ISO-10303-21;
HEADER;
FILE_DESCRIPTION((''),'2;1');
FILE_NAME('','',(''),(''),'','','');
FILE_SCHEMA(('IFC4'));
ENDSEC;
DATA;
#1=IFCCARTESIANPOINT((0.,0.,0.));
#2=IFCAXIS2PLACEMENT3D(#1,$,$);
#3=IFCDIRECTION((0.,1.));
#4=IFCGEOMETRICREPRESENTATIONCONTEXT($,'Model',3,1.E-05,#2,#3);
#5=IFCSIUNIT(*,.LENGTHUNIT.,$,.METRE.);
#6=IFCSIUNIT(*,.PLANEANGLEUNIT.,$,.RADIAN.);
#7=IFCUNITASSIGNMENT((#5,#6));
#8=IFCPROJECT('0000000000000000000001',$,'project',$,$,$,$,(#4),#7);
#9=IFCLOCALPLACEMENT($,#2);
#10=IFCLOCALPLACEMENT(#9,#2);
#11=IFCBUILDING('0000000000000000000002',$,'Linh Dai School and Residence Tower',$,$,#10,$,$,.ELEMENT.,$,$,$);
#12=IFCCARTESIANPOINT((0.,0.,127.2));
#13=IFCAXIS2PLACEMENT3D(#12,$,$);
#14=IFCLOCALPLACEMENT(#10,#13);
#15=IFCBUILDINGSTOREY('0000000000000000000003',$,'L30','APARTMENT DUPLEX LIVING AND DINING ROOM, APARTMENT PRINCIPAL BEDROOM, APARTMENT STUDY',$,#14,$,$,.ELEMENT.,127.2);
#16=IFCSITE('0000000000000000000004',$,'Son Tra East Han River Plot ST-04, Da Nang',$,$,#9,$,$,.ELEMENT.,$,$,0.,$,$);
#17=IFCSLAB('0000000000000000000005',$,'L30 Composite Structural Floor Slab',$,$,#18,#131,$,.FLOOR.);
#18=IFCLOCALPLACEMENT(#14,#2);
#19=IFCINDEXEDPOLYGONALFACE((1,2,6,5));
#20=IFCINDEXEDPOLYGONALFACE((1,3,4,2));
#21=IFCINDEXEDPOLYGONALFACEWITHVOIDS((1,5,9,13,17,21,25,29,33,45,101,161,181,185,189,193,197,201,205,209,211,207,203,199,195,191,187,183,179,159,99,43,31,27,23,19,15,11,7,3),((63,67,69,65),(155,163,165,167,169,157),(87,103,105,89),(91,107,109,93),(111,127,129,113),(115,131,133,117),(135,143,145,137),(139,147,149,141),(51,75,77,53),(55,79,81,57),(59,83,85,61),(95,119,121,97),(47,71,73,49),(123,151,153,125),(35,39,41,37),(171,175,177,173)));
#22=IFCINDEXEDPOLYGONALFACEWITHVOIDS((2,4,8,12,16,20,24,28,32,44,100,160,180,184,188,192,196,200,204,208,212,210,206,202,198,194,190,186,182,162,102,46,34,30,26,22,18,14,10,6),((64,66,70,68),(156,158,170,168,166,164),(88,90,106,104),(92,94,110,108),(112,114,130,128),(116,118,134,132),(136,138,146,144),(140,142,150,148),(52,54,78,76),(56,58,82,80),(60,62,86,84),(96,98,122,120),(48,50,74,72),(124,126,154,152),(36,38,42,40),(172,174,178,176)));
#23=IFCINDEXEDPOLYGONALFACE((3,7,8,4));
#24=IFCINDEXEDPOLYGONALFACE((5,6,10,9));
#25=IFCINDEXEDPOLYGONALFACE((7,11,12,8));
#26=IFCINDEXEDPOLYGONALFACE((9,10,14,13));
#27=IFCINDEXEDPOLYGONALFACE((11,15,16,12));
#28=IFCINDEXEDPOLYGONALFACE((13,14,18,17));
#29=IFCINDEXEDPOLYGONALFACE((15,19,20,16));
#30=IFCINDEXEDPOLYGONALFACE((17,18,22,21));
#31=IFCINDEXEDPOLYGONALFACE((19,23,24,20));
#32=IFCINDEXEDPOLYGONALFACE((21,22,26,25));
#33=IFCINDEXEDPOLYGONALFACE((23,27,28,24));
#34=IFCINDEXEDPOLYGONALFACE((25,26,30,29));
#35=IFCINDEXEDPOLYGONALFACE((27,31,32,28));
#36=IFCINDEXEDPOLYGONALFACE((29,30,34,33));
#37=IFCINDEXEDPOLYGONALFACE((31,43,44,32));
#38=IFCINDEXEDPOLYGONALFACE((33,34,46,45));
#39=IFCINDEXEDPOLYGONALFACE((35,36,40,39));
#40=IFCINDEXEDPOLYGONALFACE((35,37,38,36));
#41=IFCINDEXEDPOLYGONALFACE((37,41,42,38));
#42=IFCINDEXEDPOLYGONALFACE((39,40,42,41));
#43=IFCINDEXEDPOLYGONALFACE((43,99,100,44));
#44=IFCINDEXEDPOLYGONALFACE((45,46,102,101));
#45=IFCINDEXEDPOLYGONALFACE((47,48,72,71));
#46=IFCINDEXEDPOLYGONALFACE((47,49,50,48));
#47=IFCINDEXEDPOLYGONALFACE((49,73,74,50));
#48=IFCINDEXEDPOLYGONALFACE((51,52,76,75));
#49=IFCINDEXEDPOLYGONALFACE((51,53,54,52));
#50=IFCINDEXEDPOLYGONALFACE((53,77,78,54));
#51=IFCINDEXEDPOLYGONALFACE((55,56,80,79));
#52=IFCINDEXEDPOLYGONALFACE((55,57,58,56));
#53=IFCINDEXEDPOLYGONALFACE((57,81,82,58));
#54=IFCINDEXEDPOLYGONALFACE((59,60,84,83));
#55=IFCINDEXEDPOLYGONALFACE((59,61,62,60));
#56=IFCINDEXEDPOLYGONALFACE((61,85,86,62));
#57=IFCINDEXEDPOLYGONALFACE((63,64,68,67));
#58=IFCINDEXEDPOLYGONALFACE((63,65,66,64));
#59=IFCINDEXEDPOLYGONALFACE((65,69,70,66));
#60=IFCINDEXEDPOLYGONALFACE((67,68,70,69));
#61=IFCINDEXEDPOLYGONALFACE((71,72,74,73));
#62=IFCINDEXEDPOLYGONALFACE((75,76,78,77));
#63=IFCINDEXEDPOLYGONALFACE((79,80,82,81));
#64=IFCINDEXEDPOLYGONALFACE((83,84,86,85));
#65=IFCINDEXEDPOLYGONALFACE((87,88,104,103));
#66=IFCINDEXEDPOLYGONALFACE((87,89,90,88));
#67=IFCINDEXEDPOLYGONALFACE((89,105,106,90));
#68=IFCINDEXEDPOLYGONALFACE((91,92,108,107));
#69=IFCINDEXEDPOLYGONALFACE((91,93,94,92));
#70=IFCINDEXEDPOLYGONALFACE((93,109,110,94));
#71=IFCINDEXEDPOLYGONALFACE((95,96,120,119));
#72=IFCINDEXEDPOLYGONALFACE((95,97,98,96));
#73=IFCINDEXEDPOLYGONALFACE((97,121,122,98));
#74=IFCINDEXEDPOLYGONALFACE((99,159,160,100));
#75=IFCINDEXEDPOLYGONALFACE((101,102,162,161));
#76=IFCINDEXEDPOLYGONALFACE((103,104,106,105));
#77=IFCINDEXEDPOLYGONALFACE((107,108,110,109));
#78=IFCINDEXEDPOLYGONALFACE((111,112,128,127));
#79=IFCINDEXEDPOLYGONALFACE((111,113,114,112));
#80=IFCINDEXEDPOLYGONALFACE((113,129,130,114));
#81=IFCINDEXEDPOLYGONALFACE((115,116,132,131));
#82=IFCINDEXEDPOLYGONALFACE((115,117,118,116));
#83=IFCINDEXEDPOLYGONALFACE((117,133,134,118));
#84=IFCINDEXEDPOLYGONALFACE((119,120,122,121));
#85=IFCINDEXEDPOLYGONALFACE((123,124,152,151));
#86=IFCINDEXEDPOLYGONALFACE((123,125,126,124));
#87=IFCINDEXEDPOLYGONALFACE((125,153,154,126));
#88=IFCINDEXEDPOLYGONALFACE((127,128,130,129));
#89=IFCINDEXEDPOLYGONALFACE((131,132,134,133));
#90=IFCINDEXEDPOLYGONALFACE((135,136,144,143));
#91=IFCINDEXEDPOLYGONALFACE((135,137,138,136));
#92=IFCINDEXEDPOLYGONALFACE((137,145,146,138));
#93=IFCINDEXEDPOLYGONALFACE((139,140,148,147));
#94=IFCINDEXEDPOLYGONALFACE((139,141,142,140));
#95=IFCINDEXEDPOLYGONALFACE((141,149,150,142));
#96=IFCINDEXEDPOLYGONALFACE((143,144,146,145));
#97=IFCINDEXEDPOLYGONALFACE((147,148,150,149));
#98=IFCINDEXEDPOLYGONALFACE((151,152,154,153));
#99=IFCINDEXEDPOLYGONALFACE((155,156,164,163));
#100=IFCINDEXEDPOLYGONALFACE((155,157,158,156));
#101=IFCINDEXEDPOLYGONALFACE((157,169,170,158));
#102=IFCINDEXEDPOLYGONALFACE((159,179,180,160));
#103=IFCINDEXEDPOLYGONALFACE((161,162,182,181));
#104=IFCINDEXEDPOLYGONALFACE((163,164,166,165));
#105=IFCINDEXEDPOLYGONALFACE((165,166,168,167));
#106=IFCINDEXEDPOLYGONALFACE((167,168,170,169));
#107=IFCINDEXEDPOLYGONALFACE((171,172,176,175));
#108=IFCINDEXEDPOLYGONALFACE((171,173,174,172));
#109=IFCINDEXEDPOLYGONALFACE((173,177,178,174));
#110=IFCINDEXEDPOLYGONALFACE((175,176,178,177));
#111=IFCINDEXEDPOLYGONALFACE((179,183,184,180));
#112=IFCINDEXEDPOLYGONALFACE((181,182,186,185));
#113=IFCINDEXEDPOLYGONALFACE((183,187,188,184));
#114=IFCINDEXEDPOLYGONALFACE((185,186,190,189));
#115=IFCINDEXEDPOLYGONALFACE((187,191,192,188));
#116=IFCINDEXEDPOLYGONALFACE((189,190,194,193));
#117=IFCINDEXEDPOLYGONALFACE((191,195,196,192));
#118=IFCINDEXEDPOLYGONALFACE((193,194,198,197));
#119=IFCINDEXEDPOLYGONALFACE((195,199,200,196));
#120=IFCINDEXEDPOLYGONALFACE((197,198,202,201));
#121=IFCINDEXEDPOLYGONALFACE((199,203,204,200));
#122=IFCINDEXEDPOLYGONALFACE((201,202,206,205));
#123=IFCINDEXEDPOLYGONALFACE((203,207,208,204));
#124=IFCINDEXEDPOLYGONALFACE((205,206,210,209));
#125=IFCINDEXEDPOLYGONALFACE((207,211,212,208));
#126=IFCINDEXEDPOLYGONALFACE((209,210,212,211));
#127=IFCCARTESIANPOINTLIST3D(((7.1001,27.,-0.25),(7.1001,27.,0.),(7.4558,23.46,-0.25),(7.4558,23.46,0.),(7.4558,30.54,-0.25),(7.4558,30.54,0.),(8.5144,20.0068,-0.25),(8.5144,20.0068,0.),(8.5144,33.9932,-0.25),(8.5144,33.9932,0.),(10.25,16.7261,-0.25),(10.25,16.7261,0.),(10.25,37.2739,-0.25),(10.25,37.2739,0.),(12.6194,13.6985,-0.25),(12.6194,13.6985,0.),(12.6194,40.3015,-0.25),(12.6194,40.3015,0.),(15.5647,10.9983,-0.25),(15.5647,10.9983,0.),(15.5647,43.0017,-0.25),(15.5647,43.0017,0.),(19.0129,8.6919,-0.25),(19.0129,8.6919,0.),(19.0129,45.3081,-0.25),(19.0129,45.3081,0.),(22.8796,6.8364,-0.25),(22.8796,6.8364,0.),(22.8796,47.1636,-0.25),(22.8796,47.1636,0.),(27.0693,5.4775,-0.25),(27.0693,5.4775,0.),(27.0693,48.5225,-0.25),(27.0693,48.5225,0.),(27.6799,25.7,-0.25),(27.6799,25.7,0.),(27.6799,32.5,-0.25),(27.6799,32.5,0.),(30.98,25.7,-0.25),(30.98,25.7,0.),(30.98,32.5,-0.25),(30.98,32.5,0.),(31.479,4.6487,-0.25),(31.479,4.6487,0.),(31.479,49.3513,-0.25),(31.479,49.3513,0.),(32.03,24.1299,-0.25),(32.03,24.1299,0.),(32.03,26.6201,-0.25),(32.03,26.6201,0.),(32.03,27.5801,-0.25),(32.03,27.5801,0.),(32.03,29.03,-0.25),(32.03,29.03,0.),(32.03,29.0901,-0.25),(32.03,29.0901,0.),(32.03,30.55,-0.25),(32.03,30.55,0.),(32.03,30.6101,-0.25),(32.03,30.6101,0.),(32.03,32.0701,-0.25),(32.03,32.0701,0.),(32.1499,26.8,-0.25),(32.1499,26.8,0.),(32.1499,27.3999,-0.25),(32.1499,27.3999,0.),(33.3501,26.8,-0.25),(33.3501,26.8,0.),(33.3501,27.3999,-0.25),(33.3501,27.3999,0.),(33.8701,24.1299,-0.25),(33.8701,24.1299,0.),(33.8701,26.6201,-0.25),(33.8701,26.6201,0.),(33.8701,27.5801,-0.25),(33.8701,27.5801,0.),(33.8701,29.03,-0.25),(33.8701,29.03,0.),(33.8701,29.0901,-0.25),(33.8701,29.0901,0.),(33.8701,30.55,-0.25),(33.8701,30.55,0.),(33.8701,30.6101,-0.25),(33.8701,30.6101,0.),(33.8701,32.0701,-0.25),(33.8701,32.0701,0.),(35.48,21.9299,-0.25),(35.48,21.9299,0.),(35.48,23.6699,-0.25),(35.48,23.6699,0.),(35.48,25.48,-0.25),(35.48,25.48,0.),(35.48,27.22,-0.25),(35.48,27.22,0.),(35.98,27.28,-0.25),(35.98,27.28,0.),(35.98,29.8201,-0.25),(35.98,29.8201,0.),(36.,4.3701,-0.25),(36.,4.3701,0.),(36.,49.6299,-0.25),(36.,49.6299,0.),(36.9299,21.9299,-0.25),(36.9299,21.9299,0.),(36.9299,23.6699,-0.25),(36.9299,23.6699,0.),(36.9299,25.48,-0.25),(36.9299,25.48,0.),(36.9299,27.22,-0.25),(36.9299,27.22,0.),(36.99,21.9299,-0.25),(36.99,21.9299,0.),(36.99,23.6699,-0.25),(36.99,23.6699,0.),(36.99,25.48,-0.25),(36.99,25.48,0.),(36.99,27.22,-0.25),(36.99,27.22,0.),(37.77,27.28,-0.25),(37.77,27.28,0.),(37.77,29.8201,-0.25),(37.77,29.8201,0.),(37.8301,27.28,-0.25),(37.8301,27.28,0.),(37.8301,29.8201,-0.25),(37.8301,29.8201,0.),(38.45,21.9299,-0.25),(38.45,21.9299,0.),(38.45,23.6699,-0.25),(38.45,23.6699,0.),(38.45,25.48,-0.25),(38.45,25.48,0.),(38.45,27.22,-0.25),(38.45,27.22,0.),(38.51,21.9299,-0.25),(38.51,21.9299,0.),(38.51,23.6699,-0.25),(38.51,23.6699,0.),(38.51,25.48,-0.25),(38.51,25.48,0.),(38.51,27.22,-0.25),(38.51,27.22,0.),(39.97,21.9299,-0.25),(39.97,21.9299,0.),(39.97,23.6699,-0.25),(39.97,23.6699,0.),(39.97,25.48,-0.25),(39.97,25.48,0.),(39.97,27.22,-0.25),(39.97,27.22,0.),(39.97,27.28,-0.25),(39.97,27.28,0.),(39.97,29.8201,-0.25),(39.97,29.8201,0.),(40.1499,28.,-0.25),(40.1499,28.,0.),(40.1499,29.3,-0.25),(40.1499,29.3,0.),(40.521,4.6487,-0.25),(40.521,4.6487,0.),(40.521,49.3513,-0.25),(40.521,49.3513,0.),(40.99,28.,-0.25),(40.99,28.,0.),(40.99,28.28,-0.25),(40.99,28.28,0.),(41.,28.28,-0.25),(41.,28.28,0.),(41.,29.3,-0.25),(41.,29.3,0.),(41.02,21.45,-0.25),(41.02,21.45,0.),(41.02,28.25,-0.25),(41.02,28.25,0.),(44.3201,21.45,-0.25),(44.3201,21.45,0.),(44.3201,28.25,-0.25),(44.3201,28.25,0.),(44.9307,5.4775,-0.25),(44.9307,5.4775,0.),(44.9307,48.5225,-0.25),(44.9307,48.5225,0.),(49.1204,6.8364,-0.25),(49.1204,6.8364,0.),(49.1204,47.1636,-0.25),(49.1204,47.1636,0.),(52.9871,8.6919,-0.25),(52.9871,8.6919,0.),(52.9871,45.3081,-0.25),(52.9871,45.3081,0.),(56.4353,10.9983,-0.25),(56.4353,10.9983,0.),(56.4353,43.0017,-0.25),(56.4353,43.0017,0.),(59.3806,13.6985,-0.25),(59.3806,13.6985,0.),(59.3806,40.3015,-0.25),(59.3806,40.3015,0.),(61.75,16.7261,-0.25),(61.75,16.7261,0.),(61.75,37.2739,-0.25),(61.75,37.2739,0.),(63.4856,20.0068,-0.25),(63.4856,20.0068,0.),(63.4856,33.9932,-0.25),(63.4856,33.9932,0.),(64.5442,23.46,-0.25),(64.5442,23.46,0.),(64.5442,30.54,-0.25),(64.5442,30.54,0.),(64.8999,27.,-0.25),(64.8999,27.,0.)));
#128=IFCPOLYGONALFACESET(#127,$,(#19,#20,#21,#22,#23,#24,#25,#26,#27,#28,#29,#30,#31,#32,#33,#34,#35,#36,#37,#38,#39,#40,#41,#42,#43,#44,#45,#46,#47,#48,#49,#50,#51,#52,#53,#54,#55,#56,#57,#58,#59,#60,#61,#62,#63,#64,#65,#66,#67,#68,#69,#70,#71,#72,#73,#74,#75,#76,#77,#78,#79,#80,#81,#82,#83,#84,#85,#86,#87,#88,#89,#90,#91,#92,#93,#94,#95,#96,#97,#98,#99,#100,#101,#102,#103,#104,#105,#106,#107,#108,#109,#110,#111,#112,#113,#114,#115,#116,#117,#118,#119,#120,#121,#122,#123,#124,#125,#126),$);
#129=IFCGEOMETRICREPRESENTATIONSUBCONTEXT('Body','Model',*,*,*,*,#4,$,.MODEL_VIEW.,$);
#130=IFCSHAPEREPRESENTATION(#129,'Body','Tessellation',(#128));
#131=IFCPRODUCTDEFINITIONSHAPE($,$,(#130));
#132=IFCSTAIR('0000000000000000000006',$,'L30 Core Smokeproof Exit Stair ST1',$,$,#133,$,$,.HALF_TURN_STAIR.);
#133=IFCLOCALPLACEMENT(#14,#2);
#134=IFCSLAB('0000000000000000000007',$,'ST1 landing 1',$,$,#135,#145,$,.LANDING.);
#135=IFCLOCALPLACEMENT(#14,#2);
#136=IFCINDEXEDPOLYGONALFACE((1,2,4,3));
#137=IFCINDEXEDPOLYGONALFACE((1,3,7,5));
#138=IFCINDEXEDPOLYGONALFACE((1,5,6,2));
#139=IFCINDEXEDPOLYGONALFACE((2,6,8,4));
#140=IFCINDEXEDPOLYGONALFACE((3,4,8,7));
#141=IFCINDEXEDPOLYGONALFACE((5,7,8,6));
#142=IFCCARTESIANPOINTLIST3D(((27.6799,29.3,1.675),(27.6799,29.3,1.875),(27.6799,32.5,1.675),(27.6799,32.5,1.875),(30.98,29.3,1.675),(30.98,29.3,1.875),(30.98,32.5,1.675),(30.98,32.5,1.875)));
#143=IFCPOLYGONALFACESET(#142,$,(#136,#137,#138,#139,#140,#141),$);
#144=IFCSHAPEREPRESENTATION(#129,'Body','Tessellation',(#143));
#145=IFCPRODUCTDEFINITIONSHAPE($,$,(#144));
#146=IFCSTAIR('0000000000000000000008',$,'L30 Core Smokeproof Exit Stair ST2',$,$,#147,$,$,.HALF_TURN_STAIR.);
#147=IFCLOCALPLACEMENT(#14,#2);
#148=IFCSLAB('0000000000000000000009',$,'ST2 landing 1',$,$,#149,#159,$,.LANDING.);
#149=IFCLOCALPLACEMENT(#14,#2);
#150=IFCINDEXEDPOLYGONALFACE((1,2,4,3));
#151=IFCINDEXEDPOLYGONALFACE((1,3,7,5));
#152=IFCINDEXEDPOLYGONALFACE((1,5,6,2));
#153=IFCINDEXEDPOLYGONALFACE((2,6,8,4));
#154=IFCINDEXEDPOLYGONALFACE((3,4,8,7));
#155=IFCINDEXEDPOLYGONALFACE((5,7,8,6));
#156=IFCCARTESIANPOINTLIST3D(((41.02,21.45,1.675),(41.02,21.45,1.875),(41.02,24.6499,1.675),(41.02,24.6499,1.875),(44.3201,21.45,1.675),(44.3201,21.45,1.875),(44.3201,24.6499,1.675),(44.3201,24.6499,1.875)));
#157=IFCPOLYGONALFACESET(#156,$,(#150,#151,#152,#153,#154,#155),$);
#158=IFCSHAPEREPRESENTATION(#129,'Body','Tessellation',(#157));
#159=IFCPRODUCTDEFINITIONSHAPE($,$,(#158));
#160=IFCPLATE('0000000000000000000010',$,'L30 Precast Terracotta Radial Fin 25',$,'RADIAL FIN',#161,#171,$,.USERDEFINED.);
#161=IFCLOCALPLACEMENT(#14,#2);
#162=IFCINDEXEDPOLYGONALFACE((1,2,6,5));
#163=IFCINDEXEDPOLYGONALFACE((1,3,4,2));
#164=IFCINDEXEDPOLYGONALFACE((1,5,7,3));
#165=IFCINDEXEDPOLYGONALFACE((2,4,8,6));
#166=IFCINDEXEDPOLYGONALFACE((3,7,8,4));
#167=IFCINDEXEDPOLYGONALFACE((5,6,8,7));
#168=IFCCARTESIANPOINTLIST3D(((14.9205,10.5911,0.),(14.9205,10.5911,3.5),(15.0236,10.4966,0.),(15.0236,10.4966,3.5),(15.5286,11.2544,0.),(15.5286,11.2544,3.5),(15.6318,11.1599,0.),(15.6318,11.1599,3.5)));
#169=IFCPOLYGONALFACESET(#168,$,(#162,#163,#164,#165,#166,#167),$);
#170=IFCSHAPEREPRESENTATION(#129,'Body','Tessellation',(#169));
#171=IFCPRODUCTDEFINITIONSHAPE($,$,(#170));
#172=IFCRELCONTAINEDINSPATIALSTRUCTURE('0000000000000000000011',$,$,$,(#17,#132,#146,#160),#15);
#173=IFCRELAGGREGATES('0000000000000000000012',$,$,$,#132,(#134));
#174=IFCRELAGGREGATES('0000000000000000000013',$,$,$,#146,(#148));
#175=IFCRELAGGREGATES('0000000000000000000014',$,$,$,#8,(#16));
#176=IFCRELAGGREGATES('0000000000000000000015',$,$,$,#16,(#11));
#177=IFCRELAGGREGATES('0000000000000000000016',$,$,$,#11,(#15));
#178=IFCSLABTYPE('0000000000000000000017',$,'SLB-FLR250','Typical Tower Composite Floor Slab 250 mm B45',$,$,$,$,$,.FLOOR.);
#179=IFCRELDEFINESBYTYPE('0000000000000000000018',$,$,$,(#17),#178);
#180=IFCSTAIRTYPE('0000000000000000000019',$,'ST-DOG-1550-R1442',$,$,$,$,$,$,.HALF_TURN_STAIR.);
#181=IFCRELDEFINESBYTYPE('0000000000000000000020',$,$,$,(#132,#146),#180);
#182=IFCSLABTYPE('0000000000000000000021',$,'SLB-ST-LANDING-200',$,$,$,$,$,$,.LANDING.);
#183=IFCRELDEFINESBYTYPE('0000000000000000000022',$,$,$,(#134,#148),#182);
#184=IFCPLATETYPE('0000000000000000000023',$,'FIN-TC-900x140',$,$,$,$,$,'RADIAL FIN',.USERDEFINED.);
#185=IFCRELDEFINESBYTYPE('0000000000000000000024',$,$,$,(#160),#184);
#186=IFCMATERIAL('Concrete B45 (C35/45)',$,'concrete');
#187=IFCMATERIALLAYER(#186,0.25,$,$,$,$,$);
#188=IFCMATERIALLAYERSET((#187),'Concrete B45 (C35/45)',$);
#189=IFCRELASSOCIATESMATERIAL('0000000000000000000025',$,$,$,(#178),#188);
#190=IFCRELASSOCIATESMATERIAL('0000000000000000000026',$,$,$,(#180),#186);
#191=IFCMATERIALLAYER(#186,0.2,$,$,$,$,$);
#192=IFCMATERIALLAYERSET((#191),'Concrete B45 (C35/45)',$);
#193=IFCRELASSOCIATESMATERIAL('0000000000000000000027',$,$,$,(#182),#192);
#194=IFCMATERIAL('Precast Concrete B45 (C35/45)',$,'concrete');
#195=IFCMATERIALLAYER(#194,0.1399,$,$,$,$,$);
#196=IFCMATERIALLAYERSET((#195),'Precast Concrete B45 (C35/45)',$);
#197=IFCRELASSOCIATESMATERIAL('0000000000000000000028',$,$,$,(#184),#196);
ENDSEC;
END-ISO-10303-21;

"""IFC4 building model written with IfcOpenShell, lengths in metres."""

from ifc_helpers import new_model, si_unit, direction, frame, origin, origin_2d, place, context, subcontext, project, spatial, polyline, rectangle, outline, extrude, source, transform, mapped, material, layer, layer_set, type_object, element, aggregate, save


model = new_model("IFC4")

# Units and contexts
model_context = context("Model", 3, precision=1e-05, world=origin(), true_north=direction((0.0, 1.0)))
body_context = subcontext(model_context, "Body", "Model", "MODEL_VIEW")
ifc_project = project(units=[si_unit("LENGTHUNIT", "METRE"), si_unit("PLANEANGLEUNIT", "RADIAN")], contexts=[model_context])

# Site, building, storey
site_placement = place(None, origin())
site = spatial("IfcSite", under=ifc_project, at=site_placement, Name="Son Tra East Han River Plot ST-04, Da Nang", CompositionType="ELEMENT", RefElevation=0.0)
building_placement = place(site_placement, origin())
building = spatial("IfcBuilding", under=site, at=building_placement, Name="Linh Dai School and Residence Tower", CompositionType="ELEMENT")
storey_placement = place(building_placement, frame((0.0, 0.0, 127.2)))
storey = spatial("IfcBuildingStorey", under=building, at=storey_placement, Name="L30", Description="APARTMENT DUPLEX LIVING AND DINING ROOM, APARTMENT PRINCIPAL BEDROOM, APARTMENT STUDY", CompositionType="ELEMENT", Elevation=127.2)

# Slab
ifc_material_1 = material(Name="Concrete B45 (C35/45)", Category="concrete")
ifc_layer_1 = layer(ifc_material_1, 0.25)
ifc_layer_set_1 = layer_set([ifc_layer_1], Name="Concrete B45 (C35/45)")
slab_type_1 = type_object("IfcSlabType", Name="SLB-FLR250", Description="Typical Tower Composite Floor Slab 250 mm B45", PredefinedType="FLOOR", material=ifc_layer_set_1)
slab_1_placement = place(storey_placement, frame((0.0, 0.0, -0.25)))
element("IfcSlab", 1, at=slab_1_placement, inside=storey, type_object=slab_type_1, Name="L30 Composite Structural Floor Slab", PredefinedType="FLOOR", context=body_context, shape_type="SweptSolid", body=[
    extrude(outline(polyline([(64.8999, 27.0), (64.5442, 30.54), (63.4856, 33.9932), (61.75, 37.2739), (59.3806, 40.3015), (56.4353, 43.0017), (52.9871, 45.3081), (49.1204, 47.1636), (44.9307, 48.5225), (40.521, 49.3513), (36.0, 49.6299), (31.479, 49.3513), (27.0693, 48.5225), (22.8796, 47.1636), (19.0129, 45.3081), (15.5647, 43.0017), (12.6194, 40.3015), (10.25, 37.2739), (8.5144, 33.9932), (7.4558, 30.54), (7.1001, 27.0), (7.4558, 23.46), (8.5144, 20.0068), (10.25, 16.7261), (12.6194, 13.6985), (15.5647, 10.9983), (19.0129, 8.6919), (22.8796, 6.8364), (27.0693, 5.4775), (31.479, 4.6487), (36.0, 4.3701), (40.521, 4.6487), (44.9307, 5.4775), (49.1204, 6.8364), (52.9871, 8.6919), (56.4353, 10.9983), (59.3806, 13.6985), (61.75, 16.7261), (63.4856, 20.0068), (64.5442, 23.46), (64.8999, 27.0)]), holes=[polyline([(30.98, 25.7), (30.98, 32.5), (27.6799, 32.5), (27.6799, 25.7), (30.98, 25.7)]), polyline([(41.02, 28.25), (41.02, 21.45), (44.3201, 21.45), (44.3201, 28.25), (41.02, 28.25)]), polyline([(35.98, 27.28), (37.77, 27.28), (37.77, 29.8201), (35.98, 29.8201), (35.98, 27.28)]), polyline([(32.03, 24.1299), (33.8701, 24.1299), (33.8701, 26.6201), (32.03, 26.6201), (32.03, 24.1299)]), polyline([(37.8301, 27.28), (39.97, 27.28), (39.97, 29.8201), (37.8301, 29.8201), (37.8301, 27.28)]), polyline([(35.48, 21.9299), (36.9299, 21.9299), (36.9299, 23.6699), (35.48, 23.6699), (35.48, 21.9299)]), polyline([(36.99, 21.9299), (38.45, 21.9299), (38.45, 23.6699), (36.99, 23.6699), (36.99, 21.9299)]), polyline([(38.51, 21.9299), (39.97, 21.9299), (39.97, 23.6699), (38.51, 23.6699), (38.51, 21.9299)]), polyline([(32.03, 27.5801), (33.8701, 27.5801), (33.8701, 29.03), (32.03, 29.03), (32.03, 27.5801)]), polyline([(32.03, 29.0901), (33.8701, 29.0901), (33.8701, 30.55), (32.03, 30.55), (32.03, 29.0901)]), polyline([(32.03, 30.6101), (33.8701, 30.6101), (33.8701, 32.0701), (32.03, 32.0701), (32.03, 30.6101)]), polyline([(35.48, 25.48), (36.9299, 25.48), (36.9299, 27.22), (35.48, 27.22), (35.48, 25.48)]), polyline([(36.99, 25.48), (38.45, 25.48), (38.45, 27.22), (36.99, 27.22), (36.99, 25.48)]), polyline([(38.51, 25.48), (39.97, 25.48), (39.97, 27.22), (38.51, 27.22), (38.51, 25.48)]), polyline([(40.1499, 28.0), (40.1499, 29.3), (41.0, 29.3), (41.0, 28.28), (40.99, 28.28), (40.99, 28.0), (40.1499, 28.0)]), polyline([(32.1499, 26.8), (33.3501, 26.8), (33.3501, 27.3999), (32.1499, 27.3999), (32.1499, 26.8)])]), origin(), (0.0, 0.0, 1.0), 0.25),
])

# Stairs, slabs
stair_type = type_object("IfcStairType", Name="ST-DOG-1550-R1442", PredefinedType="HALF_TURN_STAIR", material=ifc_material_1)
stair_1_placement = place(storey_placement, origin())
stair_1 = element("IfcStair", 2, at=stair_1_placement, inside=storey, type_object=stair_type, Name="L30 Core Smokeproof Exit Stair ST1", PredefinedType="HALF_TURN_STAIR")
ifc_layer_2 = layer(ifc_material_1, 0.2)
ifc_layer_set_2 = layer_set([ifc_layer_2], Name="Concrete B45 (C35/45)")
slab_type_2 = type_object("IfcSlabType", Name="SLB-ST-LANDING-200", PredefinedType="LANDING", material=ifc_layer_set_2)
slab_2_placement = place(storey_placement, frame((0.0, 0.0, 1.675)))
slab_2 = element("IfcSlab", 3, at=slab_2_placement, type_object=slab_type_2, Name="ST1 landing 1", PredefinedType="LANDING", context=body_context, shape_type="SweptSolid", body=[
    extrude(outline(polyline([(30.98, 29.3), (30.98, 32.5), (27.6799, 32.5), (27.6799, 29.3), (30.98, 29.3)])), origin(), (0.0, 0.0, 1.0), 0.2),
])
aggregate(stair_1, [slab_2])
stair_2_placement = place(storey_placement, origin())
stair_2 = element("IfcStair", 4, at=stair_2_placement, inside=storey, type_object=stair_type, Name="L30 Core Smokeproof Exit Stair ST2", PredefinedType="HALF_TURN_STAIR")
slab_3_placement = place(storey_placement, frame((0.0, 0.0, 1.675)))
slab_3 = element("IfcSlab", 5, at=slab_3_placement, type_object=slab_type_2, Name="ST2 landing 1", PredefinedType="LANDING", context=body_context, shape_type="SweptSolid", body=[
    extrude(outline(polyline([(41.02, 24.6499), (41.02, 21.45), (44.3201, 21.45), (44.3201, 24.6499), (41.02, 24.6499)])), origin(), (0.0, 0.0, 1.0), 0.2),
])
aggregate(stair_2, [slab_3])

# Plate
ifc_material_2 = material(Name="Precast Concrete B45 (C35/45)", Category="concrete")
ifc_layer_3 = layer(ifc_material_2, 0.1399)
ifc_layer_set_3 = layer_set([ifc_layer_3], Name="Precast Concrete B45 (C35/45)")
plate_type = type_object("IfcPlateType", Name="FIN-TC-900x140", ElementType="RADIAL FIN", PredefinedType="USERDEFINED", material=ifc_layer_set_3)
shared_shape_1 = source(origin(), body_context, "Body", "SweptSolid", [
    extrude(rectangle(XDim=0.8999, YDim=0.1399, at=origin_2d()), origin(), (0.0, 0.0, 1.0), 3.5),
])
plate_placement = place(storey_placement, frame((15.2761, 10.8755, 0.0), z_axis=(0.0, 0.0, 1.0), x_axis=(-0.675783, -0.7371, 0.0)))
element("IfcPlate", 6, at=plate_placement, inside=storey, type_object=plate_type, Name="L30 Precast Terracotta Radial Fin 25", ObjectType="RADIAL FIN", PredefinedType="USERDEFINED", context=body_context, shape_type="MappedRepresentation", body=[
    mapped(shared_shape_1, transform((0.0, 0.0, 0.0), x_axis=(1.0, 0.0, 0.0), y_axis=(0.0, 1.0, 0.0), z_axis=(0.0, 0.0, 1.0), scale=1.0)),
])

save(model, "model.ifc")
